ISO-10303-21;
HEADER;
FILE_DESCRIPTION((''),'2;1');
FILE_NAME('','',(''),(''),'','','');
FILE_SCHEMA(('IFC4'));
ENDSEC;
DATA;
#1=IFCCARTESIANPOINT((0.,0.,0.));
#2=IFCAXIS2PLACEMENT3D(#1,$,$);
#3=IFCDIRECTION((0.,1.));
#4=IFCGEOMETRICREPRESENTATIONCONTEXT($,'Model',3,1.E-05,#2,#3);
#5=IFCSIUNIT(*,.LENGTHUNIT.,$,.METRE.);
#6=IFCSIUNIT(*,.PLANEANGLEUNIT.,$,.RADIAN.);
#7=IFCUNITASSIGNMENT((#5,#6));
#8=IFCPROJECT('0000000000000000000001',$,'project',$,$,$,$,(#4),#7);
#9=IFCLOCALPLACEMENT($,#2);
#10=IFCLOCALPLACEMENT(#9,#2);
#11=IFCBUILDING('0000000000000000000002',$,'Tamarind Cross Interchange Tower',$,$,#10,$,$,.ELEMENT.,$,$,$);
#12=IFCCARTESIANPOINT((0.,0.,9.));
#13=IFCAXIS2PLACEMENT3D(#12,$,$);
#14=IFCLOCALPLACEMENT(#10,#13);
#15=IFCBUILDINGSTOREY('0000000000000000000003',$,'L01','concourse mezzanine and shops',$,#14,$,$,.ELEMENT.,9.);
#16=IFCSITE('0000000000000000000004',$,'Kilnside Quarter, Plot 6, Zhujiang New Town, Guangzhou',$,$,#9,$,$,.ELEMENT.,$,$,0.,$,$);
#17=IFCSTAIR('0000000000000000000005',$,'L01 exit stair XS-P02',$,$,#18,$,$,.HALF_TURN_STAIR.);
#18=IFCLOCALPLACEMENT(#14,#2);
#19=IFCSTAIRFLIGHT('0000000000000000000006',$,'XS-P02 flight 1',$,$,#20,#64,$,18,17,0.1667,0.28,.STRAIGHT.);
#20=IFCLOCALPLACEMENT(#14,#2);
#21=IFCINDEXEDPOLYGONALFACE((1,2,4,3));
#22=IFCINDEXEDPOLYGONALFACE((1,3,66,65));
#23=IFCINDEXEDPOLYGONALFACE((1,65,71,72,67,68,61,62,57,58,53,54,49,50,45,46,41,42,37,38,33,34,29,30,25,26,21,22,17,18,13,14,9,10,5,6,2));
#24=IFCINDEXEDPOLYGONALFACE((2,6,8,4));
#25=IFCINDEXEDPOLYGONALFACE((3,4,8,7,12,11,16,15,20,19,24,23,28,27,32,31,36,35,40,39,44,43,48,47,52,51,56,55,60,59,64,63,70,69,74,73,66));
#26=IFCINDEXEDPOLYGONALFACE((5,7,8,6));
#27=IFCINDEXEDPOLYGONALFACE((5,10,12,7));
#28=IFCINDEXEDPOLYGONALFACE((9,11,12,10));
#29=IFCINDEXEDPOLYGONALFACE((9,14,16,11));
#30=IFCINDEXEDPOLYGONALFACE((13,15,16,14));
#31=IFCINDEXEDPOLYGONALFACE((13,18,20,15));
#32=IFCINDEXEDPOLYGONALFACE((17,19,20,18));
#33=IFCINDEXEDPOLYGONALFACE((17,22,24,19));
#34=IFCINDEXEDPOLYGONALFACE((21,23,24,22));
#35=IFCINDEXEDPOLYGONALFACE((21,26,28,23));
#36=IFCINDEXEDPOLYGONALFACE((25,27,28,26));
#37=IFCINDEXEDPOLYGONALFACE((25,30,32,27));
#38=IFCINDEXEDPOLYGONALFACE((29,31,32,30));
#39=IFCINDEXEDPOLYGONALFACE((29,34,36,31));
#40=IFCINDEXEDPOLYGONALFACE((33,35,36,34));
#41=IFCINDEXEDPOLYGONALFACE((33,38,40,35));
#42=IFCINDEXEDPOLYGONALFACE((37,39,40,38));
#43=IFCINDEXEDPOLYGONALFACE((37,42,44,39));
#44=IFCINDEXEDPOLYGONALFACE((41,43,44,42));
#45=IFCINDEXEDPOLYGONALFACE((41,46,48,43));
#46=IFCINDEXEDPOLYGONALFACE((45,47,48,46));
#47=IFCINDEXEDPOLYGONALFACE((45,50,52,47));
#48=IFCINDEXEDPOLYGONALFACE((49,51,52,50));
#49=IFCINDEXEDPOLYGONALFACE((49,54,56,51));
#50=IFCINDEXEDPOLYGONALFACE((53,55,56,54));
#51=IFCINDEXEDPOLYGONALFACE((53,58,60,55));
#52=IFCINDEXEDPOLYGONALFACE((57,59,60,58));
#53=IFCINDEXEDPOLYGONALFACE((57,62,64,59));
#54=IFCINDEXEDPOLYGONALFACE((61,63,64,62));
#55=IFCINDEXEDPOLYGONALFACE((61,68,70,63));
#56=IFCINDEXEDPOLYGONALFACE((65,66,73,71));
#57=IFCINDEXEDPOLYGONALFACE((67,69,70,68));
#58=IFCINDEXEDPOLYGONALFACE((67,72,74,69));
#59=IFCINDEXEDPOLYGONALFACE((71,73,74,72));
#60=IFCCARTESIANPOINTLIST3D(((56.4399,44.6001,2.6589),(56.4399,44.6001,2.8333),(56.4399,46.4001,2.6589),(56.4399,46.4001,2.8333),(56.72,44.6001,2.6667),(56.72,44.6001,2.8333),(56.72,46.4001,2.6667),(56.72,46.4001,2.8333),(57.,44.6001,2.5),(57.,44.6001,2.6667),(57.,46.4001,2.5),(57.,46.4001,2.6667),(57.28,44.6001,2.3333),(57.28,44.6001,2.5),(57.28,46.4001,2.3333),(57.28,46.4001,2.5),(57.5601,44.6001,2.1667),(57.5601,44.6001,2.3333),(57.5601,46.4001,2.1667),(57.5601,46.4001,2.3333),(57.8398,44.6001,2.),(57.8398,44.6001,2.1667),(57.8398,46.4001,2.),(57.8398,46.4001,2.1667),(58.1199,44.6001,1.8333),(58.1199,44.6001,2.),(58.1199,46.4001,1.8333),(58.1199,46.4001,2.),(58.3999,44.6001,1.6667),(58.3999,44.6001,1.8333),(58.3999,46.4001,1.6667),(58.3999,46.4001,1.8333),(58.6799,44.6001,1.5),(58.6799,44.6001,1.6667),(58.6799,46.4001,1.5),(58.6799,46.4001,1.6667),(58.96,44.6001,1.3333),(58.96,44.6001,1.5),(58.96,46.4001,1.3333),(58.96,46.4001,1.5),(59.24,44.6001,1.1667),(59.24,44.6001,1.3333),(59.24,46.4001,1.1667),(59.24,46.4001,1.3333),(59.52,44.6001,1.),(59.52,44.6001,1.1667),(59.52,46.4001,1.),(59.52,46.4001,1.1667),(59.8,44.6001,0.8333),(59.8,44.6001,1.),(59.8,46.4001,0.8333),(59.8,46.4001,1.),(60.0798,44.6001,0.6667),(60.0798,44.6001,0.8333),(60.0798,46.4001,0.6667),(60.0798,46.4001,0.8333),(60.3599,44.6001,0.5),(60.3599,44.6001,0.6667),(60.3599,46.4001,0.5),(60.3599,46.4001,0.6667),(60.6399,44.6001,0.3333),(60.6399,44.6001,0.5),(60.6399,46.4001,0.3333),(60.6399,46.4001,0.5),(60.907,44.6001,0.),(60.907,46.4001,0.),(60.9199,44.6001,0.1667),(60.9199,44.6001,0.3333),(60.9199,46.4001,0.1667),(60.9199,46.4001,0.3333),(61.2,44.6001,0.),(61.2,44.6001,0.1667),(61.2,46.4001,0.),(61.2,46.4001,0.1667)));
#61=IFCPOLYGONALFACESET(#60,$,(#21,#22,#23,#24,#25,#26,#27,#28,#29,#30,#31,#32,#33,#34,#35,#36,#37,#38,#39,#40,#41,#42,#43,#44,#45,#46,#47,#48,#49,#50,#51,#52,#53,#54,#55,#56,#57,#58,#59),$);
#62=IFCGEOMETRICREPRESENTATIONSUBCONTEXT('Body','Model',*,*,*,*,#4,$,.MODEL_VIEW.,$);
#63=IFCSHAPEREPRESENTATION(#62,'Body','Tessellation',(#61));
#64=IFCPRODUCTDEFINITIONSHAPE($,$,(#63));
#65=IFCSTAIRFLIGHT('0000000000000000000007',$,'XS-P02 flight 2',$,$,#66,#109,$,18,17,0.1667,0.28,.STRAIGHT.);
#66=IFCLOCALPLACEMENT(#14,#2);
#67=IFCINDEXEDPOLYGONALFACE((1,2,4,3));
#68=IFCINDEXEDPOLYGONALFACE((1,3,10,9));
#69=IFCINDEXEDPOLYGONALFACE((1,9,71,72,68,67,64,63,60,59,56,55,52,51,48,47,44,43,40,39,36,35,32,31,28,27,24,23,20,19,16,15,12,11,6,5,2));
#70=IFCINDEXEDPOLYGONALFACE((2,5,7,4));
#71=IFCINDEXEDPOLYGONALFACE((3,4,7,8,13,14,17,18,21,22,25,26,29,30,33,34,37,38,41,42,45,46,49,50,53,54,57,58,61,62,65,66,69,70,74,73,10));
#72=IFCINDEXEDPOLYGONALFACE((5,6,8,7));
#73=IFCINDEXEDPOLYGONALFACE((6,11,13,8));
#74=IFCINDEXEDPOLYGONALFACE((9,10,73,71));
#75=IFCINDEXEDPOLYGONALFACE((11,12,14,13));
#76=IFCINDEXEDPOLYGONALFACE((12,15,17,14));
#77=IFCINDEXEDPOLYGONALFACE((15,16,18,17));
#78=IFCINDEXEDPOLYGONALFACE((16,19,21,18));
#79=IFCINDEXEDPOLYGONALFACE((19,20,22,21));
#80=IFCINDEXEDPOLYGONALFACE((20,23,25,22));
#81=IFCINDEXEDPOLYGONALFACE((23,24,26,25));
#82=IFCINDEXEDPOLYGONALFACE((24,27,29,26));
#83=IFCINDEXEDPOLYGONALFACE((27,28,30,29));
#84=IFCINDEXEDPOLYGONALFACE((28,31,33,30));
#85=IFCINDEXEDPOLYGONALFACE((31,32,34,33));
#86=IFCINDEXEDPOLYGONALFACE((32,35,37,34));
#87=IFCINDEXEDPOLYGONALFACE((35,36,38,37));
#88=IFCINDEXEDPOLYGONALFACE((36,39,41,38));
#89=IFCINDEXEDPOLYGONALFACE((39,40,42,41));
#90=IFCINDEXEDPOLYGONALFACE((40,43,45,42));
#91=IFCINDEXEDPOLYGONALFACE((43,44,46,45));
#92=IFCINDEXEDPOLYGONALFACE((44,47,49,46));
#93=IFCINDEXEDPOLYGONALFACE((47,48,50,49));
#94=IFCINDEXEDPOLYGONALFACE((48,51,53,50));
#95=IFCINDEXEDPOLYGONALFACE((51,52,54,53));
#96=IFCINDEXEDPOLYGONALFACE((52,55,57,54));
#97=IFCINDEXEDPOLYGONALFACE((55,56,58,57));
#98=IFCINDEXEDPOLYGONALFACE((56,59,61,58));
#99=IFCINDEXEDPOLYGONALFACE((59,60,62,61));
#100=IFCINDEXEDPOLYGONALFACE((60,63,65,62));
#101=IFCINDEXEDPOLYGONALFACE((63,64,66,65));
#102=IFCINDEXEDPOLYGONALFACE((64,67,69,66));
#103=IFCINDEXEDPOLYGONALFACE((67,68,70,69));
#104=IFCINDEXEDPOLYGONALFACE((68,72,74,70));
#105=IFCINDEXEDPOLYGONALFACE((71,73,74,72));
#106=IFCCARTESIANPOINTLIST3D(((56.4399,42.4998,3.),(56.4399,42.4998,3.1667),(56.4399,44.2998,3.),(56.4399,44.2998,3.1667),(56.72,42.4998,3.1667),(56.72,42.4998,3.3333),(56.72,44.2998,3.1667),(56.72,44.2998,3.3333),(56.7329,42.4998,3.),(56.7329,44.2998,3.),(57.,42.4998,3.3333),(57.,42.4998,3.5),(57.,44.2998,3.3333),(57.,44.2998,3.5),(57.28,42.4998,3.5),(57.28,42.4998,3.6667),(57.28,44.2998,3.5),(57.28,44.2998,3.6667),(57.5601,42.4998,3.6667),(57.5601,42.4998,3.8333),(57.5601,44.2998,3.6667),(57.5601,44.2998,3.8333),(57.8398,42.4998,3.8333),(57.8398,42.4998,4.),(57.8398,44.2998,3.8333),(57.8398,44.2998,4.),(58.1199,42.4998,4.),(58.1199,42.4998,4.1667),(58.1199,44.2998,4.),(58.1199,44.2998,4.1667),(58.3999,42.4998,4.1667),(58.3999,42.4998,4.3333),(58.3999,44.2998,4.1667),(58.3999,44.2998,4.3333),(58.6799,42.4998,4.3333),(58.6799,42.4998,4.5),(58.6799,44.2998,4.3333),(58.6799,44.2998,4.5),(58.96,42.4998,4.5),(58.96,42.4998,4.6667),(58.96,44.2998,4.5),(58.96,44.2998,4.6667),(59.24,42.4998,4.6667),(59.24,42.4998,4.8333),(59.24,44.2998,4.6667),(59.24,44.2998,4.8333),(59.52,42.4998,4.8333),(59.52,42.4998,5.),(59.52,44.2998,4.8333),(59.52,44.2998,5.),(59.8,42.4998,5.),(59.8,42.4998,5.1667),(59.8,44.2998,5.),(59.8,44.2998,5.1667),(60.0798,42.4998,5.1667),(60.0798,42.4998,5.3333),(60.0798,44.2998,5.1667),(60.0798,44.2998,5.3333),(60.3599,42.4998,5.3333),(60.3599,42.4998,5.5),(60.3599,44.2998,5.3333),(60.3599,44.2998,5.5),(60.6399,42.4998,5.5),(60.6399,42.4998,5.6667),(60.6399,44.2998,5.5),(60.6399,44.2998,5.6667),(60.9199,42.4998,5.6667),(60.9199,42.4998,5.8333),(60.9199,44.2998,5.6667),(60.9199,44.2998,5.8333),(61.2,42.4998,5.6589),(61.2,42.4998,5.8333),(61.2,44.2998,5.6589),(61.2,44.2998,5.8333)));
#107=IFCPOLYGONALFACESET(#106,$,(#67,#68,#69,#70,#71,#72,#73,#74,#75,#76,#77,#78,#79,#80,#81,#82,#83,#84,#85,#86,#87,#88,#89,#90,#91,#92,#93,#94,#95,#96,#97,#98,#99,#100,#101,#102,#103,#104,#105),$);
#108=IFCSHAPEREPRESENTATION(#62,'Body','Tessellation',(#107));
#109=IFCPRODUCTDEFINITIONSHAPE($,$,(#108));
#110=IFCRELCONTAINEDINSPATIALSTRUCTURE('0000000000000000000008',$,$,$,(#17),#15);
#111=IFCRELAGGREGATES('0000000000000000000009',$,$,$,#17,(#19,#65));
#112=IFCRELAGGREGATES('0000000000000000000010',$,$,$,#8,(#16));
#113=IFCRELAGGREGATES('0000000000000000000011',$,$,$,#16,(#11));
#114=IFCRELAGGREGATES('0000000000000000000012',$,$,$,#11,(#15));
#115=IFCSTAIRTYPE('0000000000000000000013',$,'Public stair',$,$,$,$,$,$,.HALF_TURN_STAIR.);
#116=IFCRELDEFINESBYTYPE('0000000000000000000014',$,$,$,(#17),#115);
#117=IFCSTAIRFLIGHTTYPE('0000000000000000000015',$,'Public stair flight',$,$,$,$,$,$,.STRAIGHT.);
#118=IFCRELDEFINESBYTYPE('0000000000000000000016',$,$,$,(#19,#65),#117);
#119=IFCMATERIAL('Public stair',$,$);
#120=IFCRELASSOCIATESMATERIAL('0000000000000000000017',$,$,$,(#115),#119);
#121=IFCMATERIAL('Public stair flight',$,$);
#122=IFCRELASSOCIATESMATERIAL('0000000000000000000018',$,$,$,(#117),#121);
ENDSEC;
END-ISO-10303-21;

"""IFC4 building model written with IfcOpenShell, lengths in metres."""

from ifc_helpers import new_model, si_unit, direction, frame, origin, place, context, subcontext, project, spatial, polyline, outline, extrude, material, type_object, element, aggregate, save


model = new_model("IFC4")

# Units and contexts
model_context = context("Model", 3, precision=1e-05, world=origin(), true_north=direction((0.0, 1.0)))
body_context = subcontext(model_context, "Body", "Model", "MODEL_VIEW")
ifc_project = project(units=[si_unit("LENGTHUNIT", "METRE"), si_unit("PLANEANGLEUNIT", "RADIAN")], contexts=[model_context])

# Site, building, storey
site_placement = place(None, origin())
site = spatial("IfcSite", under=ifc_project, at=site_placement, Name="Kilnside Quarter, Plot 6, Zhujiang New Town, Guangzhou", CompositionType="ELEMENT", RefElevation=0.0)
building_placement = place(site_placement, origin())
building = spatial("IfcBuilding", under=site, at=building_placement, Name="Tamarind Cross Interchange Tower", CompositionType="ELEMENT")
storey_placement = place(building_placement, frame((0.0, 0.0, 9.0)))
storey = spatial("IfcBuildingStorey", under=building, at=storey_placement, Name="L01", Description="concourse mezzanine and shops", CompositionType="ELEMENT", Elevation=9.0)

# Stair, stair flights
ifc_material_1 = material(Name="Public stair")
stair_type = type_object("IfcStairType", Name="Public stair", PredefinedType="HALF_TURN_STAIR", material=ifc_material_1)
ifc_material_2 = material(Name="Public stair flight")
stair_flight_type = type_object("IfcStairFlightType", Name="Public stair flight", PredefinedType="STRAIGHT", material=ifc_material_2)
stair_1_placement = place(storey_placement, origin())
stair_1 = element("IfcStair", 1, at=stair_1_placement, inside=storey, type_object=stair_type, Name="L01 exit stair XS-P02", PredefinedType="HALF_TURN_STAIR")
stair_flight_1_placement = place(storey_placement, frame((61.2, 45.5, 0.0), z_axis=(0.0, 0.0, 1.0), x_axis=(-1.0, 0.0, 0.0)))
stair_flight_1 = element("IfcStairFlight", 2, at=stair_flight_1_placement, type_object=stair_flight_type, Name="XS-P02 flight 1", NumberOfRisers=18, NumberOfTreads=17, PredefinedType="STRAIGHT", RiserHeight=0.1667, TreadLength=0.28, context=body_context, shape_type="SweptSolid", body=[
    extrude(outline(polyline([(0.0, 0.0), (0.0, 0.1667), (0.28, 0.1667), (0.28, 0.3333), (0.5601, 0.3333), (0.5601, 0.5), (0.8401, 0.5), (0.8401, 0.6667), (1.1201, 0.6667), (1.1201, 0.8333), (1.3999, 0.8333), (1.3999, 1.0), (1.6799, 1.0), (1.6799, 1.1667), (1.96, 1.1667), (1.96, 1.3333), (2.24, 1.3333), (2.24, 1.5), (2.52, 1.5), (2.52, 1.6667), (2.8, 1.6667), (2.8, 1.8333), (3.0801, 1.8333), (3.0801, 2.0), (3.3601, 2.0), (3.3601, 2.1667), (3.6399, 2.1667), (3.6399, 2.3333), (3.9199, 2.3333), (3.9199, 2.5), (4.2, 2.5), (4.2, 2.6667), (4.48, 2.6667), (4.48, 2.8333), (4.76, 2.8333), (4.76, 3.0), (4.76, 2.6589), (0.293, 0.0), (0.0, 0.0)])), frame((0.0, 0.8999, 0.0), z_axis=(0.0, -1.0, 0.0), x_axis=(1.0, 0.0, 0.0)), (0.0, 0.0, 1.0), 1.8),
])
stair_flight_2_placement = place(storey_placement, frame((56.4399, 43.3999, 3.0), z_axis=(0.0, 0.0, 1.0), x_axis=(1.0, 0.0, 0.0)))
stair_flight_2 = element("IfcStairFlight", 3, at=stair_flight_2_placement, type_object=stair_flight_type, Name="XS-P02 flight 2", NumberOfRisers=18, NumberOfTreads=17, PredefinedType="STRAIGHT", RiserHeight=0.1667, TreadLength=0.28, context=body_context, shape_type="SweptSolid", body=[
    extrude(outline(polyline([(0.0, 0.0), (0.0, 0.1667), (0.28, 0.1667), (0.28, 0.3333), (0.5601, 0.3333), (0.5601, 0.5), (0.8401, 0.5), (0.8401, 0.6667), (1.1201, 0.6667), (1.1201, 0.8333), (1.3999, 0.8333), (1.3999, 1.0), (1.6799, 1.0), (1.6799, 1.1667), (1.96, 1.1667), (1.96, 1.3333), (2.24, 1.3333), (2.24, 1.5), (2.52, 1.5), (2.52, 1.6667), (2.8, 1.6667), (2.8, 1.8333), (3.0801, 1.8333), (3.0801, 2.0), (3.3601, 2.0), (3.3601, 2.1667), (3.6399, 2.1667), (3.6399, 2.3333), (3.9199, 2.3333), (3.9199, 2.5), (4.2, 2.5), (4.2, 2.6667), (4.48, 2.6667), (4.48, 2.8333), (4.76, 2.8333), (4.76, 3.0), (4.76, 2.6589), (0.293, 0.0), (0.0, 0.0)])), frame((0.0, 0.8999, 0.0), z_axis=(0.0, -1.0, 0.0), x_axis=(1.0, 0.0, 0.0)), (0.0, 0.0, 1.0), 1.8),
])
aggregate(stair_1, [stair_flight_1, stair_flight_2])

save(model, "model.ifc")
